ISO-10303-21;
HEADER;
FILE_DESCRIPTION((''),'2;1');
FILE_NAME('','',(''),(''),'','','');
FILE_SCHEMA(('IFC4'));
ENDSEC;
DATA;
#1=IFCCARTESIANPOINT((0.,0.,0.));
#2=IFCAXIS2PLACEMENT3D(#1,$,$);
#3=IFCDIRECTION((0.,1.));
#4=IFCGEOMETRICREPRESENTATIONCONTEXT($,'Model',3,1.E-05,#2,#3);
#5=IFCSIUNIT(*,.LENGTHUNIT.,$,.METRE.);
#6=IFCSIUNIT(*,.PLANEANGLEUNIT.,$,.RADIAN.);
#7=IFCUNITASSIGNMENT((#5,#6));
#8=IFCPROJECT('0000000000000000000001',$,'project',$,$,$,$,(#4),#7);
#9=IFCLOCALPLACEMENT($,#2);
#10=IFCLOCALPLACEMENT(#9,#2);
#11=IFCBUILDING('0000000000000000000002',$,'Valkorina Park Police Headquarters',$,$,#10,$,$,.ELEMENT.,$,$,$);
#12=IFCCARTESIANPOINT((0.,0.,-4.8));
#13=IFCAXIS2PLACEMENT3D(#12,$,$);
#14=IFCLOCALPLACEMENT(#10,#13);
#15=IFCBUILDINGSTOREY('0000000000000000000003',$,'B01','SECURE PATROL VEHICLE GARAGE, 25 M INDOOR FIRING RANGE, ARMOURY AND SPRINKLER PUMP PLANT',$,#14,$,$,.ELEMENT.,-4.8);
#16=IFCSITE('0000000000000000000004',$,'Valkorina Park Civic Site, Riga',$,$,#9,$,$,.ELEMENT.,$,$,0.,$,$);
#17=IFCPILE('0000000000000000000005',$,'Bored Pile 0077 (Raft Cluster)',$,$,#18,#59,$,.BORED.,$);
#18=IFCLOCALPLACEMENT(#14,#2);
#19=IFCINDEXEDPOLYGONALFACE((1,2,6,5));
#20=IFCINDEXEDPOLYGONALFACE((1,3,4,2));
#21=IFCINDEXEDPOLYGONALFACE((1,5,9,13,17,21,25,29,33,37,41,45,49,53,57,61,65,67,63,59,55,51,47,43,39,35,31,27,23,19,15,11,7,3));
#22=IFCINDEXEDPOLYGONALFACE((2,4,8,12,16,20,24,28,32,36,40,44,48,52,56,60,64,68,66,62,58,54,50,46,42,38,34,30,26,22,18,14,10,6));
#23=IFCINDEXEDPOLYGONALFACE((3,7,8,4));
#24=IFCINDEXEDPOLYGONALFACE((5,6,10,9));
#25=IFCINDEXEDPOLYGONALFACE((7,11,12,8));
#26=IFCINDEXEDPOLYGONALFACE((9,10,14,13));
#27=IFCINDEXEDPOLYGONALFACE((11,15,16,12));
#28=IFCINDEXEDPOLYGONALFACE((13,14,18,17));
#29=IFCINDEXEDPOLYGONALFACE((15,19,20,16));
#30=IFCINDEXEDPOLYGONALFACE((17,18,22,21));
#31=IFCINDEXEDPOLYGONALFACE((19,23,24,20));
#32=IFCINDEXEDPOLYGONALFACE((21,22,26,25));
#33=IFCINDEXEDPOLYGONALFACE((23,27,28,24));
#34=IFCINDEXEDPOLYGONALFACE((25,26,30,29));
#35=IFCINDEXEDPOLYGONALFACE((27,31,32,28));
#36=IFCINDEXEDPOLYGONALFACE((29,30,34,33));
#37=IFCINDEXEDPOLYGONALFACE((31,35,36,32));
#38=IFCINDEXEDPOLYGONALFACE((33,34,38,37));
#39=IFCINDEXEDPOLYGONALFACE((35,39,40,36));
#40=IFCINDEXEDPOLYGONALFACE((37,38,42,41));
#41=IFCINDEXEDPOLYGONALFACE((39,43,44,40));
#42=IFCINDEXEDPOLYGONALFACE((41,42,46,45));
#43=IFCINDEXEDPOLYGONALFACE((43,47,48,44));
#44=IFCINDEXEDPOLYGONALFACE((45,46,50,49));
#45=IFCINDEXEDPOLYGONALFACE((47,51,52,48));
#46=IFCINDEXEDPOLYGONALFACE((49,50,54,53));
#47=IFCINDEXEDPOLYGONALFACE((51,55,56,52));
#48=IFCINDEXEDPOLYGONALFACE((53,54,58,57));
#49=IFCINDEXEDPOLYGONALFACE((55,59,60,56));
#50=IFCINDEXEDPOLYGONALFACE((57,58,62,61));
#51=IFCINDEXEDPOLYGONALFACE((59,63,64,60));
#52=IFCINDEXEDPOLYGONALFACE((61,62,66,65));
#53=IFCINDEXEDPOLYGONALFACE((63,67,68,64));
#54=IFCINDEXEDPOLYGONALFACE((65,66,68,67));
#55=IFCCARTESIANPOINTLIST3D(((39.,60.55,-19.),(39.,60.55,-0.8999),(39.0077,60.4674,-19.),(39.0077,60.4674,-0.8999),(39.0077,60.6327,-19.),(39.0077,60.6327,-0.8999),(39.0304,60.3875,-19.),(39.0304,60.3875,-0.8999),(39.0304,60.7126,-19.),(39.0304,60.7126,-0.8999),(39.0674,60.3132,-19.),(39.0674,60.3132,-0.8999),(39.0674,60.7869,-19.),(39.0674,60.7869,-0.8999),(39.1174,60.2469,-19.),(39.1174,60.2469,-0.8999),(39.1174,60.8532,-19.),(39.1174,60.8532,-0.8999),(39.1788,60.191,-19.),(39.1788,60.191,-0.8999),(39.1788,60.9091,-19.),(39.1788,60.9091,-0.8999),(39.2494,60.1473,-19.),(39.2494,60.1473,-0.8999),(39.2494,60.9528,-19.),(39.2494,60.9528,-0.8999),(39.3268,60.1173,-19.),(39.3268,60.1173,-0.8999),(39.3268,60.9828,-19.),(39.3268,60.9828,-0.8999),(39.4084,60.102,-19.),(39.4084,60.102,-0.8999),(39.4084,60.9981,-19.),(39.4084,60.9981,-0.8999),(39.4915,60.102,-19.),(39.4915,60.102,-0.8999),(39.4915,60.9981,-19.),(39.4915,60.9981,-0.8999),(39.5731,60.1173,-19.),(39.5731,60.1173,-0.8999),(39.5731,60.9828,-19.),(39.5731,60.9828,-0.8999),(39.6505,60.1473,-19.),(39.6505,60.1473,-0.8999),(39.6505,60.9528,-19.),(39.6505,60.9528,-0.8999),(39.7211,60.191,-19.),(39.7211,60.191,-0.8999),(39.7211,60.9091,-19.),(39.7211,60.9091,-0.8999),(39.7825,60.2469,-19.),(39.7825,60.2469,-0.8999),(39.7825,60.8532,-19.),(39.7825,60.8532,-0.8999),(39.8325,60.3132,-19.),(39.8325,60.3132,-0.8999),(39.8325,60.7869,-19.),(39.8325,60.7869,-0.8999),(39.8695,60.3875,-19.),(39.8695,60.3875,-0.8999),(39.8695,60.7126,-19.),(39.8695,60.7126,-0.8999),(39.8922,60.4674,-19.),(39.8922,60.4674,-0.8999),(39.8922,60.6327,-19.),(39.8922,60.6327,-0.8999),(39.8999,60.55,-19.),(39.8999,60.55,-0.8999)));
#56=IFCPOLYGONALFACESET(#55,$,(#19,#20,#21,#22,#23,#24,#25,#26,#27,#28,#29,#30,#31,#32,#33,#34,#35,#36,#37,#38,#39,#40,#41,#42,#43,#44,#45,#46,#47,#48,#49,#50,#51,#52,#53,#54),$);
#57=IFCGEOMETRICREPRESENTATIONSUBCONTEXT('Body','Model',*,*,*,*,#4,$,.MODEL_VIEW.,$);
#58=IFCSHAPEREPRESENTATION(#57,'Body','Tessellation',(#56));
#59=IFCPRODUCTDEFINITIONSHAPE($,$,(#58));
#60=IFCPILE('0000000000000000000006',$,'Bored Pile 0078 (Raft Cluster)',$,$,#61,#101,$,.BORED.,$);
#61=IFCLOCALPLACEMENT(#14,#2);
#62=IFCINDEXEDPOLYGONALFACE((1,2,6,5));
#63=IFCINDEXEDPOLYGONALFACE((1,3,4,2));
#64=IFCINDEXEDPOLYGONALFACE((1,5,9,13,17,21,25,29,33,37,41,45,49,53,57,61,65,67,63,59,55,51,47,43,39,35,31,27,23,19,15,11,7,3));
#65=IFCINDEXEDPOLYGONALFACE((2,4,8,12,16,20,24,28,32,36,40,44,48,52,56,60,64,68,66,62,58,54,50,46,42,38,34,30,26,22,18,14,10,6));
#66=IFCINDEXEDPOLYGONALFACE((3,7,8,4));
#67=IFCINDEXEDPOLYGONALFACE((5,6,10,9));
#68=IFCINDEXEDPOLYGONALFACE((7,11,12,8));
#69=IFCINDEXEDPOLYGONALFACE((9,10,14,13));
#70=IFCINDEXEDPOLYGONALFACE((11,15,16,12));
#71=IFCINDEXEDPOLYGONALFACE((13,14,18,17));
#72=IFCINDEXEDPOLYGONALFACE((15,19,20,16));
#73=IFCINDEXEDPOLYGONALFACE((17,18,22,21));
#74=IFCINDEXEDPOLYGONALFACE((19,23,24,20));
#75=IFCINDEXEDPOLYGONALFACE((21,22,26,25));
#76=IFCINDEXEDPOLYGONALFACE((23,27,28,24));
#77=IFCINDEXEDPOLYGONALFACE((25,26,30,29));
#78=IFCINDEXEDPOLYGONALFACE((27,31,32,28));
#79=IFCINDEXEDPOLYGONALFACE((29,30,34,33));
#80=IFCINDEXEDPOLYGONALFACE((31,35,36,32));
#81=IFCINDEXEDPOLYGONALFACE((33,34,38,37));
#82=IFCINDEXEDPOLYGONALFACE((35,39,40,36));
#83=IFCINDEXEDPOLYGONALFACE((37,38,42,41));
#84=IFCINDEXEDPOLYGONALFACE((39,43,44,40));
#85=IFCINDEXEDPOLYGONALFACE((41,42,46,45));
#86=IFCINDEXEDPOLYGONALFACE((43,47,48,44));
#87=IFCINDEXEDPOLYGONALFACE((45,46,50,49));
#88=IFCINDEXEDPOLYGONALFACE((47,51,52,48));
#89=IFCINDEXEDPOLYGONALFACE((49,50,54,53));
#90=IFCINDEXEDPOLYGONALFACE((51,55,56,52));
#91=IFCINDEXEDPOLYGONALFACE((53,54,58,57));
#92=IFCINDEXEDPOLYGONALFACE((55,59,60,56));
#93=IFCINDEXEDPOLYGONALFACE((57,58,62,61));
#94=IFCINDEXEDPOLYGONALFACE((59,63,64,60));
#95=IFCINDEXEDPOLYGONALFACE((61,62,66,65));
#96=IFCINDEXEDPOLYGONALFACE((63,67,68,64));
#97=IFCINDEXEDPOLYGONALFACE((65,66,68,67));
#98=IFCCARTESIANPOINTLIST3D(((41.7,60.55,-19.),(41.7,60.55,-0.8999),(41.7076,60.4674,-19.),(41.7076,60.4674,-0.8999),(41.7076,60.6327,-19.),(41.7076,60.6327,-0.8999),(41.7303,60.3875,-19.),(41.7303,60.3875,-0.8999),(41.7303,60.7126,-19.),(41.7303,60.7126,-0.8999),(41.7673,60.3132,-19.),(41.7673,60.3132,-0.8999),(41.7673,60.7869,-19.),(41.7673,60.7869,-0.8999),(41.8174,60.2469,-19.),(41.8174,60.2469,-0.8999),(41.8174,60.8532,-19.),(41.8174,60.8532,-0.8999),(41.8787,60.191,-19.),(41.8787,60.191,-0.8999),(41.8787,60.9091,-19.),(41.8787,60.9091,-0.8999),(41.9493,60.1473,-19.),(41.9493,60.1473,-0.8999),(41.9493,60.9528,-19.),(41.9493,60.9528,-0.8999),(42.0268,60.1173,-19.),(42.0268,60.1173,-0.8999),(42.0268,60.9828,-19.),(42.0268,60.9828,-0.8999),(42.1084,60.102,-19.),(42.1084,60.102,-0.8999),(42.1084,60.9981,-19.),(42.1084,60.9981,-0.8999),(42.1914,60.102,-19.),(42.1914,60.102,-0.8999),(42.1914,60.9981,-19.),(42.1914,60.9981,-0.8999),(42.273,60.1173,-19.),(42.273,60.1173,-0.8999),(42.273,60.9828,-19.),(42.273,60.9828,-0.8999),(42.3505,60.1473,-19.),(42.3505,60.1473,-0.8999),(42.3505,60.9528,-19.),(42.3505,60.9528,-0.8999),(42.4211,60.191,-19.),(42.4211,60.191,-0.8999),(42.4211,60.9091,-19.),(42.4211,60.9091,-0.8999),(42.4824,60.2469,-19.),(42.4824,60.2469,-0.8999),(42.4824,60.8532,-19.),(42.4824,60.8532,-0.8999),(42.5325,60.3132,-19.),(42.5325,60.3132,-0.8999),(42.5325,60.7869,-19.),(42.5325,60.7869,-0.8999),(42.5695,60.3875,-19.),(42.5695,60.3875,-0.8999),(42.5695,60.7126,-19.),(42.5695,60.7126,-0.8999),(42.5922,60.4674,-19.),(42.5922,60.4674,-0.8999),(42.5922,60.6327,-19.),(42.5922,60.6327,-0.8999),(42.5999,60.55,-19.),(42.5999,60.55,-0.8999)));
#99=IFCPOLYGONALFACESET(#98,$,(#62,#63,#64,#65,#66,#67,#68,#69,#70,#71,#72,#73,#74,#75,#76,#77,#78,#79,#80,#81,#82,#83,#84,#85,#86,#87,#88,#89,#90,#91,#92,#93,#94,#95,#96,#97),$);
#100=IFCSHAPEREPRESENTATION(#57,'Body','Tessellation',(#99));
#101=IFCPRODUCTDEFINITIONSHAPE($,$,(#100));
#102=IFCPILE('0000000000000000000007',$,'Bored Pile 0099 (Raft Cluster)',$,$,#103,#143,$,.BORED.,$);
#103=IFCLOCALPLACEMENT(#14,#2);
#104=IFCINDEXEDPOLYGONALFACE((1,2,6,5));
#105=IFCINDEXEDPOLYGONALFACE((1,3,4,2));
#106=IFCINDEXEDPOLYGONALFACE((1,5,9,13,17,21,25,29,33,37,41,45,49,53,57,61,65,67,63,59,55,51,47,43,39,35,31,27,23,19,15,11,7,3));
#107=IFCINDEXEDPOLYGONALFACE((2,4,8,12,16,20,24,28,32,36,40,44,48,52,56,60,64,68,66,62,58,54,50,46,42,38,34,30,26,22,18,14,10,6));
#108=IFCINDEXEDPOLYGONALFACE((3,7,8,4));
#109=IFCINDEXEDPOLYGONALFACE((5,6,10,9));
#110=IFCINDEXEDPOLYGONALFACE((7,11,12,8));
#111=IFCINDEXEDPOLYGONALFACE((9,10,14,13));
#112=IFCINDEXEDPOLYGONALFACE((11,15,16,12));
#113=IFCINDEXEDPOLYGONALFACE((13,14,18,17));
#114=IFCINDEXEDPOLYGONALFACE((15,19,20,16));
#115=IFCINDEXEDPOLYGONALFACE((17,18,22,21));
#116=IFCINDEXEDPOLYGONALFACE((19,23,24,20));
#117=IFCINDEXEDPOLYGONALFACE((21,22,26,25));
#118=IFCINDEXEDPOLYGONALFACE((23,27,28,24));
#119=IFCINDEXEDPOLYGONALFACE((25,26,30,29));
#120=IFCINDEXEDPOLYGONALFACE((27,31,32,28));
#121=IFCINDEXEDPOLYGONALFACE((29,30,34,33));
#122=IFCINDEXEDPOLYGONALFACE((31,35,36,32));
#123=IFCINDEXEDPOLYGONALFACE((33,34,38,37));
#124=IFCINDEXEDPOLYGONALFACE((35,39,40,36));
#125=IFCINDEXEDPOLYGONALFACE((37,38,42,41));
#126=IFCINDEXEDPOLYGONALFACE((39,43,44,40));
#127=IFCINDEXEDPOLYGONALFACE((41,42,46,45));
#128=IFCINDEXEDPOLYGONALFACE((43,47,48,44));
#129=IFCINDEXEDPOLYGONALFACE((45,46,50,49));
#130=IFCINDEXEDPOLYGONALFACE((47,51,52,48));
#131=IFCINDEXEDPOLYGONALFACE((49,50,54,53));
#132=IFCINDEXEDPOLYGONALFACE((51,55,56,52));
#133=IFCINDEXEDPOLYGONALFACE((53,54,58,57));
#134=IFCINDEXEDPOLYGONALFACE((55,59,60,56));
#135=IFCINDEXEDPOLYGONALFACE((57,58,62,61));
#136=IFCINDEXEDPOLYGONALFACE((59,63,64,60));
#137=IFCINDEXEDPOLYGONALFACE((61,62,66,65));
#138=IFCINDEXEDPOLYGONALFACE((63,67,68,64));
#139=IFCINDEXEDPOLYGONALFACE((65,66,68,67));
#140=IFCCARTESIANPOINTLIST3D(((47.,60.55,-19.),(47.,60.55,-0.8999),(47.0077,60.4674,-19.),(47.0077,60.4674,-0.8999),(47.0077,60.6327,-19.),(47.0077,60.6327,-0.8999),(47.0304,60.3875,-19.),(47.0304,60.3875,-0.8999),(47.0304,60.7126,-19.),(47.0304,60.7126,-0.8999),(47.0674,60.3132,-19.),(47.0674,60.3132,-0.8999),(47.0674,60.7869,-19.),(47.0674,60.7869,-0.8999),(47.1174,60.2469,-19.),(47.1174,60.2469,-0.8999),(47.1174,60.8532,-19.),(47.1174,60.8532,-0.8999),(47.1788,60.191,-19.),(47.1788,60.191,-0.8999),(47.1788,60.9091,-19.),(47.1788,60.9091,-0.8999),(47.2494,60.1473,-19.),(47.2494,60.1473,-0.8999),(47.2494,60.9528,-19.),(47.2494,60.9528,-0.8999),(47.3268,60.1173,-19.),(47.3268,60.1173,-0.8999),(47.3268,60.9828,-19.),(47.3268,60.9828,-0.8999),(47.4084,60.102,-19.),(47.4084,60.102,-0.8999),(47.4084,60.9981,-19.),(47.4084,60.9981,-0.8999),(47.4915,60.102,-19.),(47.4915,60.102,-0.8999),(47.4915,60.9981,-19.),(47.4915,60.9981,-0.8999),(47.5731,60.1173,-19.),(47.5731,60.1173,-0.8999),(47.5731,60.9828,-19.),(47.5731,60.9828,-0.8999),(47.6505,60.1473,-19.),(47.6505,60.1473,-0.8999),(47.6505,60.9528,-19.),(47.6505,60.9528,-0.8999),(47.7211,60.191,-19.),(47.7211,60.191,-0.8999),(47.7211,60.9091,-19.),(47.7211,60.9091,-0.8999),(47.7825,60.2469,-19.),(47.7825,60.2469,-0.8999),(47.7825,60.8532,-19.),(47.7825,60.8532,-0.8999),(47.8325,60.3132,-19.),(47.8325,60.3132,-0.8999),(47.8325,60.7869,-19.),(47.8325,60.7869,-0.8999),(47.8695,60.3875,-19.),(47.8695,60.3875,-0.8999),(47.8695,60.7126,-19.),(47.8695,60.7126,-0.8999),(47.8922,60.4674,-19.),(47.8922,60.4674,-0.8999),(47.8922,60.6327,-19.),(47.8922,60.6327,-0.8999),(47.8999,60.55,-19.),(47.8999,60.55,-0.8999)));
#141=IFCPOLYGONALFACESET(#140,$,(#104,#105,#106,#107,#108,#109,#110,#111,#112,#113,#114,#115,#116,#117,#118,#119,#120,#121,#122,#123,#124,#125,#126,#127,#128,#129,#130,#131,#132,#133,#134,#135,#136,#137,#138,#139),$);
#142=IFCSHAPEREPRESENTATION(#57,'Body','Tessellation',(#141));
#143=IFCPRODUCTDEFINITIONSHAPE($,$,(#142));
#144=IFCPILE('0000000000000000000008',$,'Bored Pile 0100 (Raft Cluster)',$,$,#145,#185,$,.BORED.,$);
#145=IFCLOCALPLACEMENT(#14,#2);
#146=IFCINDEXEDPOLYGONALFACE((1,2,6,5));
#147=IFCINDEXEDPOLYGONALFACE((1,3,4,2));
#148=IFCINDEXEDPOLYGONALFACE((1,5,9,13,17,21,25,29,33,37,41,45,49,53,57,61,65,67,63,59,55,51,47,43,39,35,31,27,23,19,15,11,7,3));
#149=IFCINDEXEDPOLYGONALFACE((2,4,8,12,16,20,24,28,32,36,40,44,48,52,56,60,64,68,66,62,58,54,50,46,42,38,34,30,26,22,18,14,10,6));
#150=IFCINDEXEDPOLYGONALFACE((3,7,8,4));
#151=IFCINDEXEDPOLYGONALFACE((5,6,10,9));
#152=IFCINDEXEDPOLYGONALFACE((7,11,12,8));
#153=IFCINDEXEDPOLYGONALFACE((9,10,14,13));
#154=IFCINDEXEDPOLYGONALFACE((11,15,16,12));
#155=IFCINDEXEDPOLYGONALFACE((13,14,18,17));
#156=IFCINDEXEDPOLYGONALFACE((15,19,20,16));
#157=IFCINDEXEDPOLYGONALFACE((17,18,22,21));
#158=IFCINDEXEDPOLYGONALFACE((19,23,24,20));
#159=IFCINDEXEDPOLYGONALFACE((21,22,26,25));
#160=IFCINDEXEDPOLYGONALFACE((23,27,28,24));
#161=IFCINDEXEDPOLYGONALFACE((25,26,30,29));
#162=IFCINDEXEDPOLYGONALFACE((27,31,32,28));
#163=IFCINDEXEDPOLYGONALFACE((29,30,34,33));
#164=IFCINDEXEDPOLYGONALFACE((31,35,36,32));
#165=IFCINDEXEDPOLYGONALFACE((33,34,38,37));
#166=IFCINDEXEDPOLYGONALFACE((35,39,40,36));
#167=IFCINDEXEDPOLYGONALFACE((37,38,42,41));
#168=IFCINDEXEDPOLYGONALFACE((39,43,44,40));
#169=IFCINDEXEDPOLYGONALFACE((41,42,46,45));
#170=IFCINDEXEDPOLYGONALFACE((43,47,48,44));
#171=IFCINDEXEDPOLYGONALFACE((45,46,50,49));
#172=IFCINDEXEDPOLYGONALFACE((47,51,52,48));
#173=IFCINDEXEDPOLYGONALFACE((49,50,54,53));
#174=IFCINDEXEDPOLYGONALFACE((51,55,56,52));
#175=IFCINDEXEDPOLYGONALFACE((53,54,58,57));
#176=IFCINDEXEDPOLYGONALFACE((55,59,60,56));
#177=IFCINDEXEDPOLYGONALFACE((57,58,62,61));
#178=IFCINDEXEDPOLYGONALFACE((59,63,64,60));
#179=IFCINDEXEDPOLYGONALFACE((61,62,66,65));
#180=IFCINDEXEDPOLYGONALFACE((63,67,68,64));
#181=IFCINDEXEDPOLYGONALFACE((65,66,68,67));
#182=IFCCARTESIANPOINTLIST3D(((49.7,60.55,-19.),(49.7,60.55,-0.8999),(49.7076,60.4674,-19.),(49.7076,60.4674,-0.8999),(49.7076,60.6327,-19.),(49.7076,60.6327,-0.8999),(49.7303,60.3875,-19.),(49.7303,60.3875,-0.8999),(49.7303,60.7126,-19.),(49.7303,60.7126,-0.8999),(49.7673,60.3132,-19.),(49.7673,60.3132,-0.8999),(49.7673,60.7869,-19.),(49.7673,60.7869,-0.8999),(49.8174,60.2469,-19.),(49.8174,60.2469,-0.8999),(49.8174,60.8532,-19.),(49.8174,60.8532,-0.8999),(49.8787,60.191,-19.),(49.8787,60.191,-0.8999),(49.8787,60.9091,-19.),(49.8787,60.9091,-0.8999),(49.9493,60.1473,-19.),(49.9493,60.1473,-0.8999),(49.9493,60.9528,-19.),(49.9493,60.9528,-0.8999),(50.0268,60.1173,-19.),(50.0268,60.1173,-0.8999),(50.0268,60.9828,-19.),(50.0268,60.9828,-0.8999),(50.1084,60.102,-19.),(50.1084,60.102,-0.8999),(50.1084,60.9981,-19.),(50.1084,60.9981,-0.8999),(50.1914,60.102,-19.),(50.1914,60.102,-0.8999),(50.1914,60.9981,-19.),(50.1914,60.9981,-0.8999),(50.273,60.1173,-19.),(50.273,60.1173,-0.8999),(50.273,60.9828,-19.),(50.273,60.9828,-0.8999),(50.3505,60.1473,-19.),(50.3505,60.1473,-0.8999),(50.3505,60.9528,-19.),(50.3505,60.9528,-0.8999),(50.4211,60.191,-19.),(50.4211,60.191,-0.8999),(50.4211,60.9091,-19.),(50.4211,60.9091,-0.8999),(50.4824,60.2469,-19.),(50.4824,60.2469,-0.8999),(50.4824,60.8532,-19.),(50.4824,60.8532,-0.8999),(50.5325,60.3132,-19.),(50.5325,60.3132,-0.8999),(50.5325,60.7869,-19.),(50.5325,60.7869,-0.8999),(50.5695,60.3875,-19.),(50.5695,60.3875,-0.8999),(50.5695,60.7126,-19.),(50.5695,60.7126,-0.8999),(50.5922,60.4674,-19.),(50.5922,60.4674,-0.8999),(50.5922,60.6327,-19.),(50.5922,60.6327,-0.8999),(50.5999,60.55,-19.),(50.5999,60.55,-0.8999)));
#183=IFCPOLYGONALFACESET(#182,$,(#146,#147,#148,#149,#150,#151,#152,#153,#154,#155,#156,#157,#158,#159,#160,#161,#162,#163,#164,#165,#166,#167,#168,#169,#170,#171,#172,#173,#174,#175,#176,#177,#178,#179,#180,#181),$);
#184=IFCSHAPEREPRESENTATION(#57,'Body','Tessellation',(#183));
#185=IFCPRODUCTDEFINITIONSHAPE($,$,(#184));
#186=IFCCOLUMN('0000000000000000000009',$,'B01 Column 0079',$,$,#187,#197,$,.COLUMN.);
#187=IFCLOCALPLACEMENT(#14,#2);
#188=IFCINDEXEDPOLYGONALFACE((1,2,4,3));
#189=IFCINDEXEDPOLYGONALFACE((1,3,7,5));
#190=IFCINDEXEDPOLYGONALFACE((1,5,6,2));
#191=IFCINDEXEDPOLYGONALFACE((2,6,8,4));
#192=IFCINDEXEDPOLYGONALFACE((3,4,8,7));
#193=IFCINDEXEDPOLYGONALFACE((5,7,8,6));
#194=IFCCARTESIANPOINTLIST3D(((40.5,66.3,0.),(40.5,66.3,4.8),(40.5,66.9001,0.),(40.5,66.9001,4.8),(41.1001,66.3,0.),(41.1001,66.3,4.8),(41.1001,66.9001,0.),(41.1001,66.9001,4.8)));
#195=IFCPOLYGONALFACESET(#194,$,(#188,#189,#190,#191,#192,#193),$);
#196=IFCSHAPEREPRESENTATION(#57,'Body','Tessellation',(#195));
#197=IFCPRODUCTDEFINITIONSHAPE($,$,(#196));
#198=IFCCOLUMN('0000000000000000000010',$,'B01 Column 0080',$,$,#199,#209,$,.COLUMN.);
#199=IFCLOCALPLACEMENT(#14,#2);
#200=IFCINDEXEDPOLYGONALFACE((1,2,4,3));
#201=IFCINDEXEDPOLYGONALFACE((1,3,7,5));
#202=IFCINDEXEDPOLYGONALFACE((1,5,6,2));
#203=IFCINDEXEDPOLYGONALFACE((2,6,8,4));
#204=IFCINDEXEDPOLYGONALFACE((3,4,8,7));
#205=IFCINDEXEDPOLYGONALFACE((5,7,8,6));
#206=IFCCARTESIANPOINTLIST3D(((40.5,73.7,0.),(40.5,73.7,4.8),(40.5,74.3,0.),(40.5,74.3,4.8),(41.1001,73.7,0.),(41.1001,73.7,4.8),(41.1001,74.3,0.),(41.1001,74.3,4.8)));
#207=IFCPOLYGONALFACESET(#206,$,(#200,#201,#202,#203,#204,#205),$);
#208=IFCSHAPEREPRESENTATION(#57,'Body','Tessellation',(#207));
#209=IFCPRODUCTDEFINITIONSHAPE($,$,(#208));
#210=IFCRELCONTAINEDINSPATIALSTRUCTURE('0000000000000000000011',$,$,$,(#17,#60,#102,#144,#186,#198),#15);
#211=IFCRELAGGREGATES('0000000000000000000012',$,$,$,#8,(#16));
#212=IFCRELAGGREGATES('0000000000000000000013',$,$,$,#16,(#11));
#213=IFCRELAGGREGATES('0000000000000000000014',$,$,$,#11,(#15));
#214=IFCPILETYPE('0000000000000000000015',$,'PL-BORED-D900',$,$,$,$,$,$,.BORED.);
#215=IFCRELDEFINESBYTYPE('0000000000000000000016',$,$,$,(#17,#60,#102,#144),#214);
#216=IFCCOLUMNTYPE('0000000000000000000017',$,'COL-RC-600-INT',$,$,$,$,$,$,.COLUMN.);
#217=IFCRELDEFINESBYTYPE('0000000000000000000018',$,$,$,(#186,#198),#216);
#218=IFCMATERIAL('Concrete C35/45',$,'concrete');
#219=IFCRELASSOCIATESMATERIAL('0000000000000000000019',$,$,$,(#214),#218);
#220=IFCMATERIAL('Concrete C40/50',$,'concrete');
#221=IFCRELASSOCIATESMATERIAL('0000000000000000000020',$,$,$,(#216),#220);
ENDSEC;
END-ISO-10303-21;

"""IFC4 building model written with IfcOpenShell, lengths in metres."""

from ifc_helpers import new_model, si_unit, direction, frame, origin, origin_2d, place, context, subcontext, project, spatial, rectangle, circle, extrude, material, material_profile, profile_set, type_object, element, save


model = new_model("IFC4")

# Units and contexts
model_context = context("Model", 3, precision=1e-05, world=origin(), true_north=direction((0.0, 1.0)))
body_context = subcontext(model_context, "Body", "Model", "MODEL_VIEW")
ifc_project = project(units=[si_unit("LENGTHUNIT", "METRE"), si_unit("PLANEANGLEUNIT", "RADIAN")], contexts=[model_context])

# Site, building, storey
site_placement = place(None, origin())
site = spatial("IfcSite", under=ifc_project, at=site_placement, Name="Valkorina Park Civic Site, Riga", CompositionType="ELEMENT", RefElevation=0.0)
building_placement = place(site_placement, origin())
building = spatial("IfcBuilding", under=site, at=building_placement, Name="Valkorina Park Police Headquarters", CompositionType="ELEMENT")
storey_placement = place(building_placement, frame((0.0, 0.0, -4.8)))
storey = spatial("IfcBuildingStorey", under=building, at=storey_placement, Name="B01", Description="SECURE PATROL VEHICLE GARAGE, 25 M INDOOR FIRING RANGE, ARMOURY AND SPRINKLER PUMP PLANT", CompositionType="ELEMENT", Elevation=-4.8)

# Piles
ifc_material_1 = material(Name="Concrete C35/45", Category="concrete")
ifc_material_profile_1 = material_profile(ifc_material_1, circle(Radius=0.45, at=origin_2d()), Name="BORED PILE D900")
ifc_profile_set_1 = profile_set([ifc_material_profile_1], Name="Concrete C35/45")
pile_type_1 = type_object("IfcPileType", Name="PL-BORED-D900", PredefinedType="BORED", material=ifc_profile_set_1)
for number, where, z_axis, x_axis, name in (
    (1, (39.45, 60.55, -0.8999), (0.0, 0.0, -1.0), (1.0, 0.0, 0.0), "Bored Pile 0077 (Raft Cluster)"),
    (2, (42.1499, 60.55, -0.8999), (0.0, 0.0, -1.0), (1.0, 0.0, 0.0), "Bored Pile 0078 (Raft Cluster)"),
    (3, (47.45, 60.55, -0.8999), (0.0, 0.0, -1.0), (1.0, 0.0, 0.0), "Bored Pile 0099 (Raft Cluster)"),
    (4, (50.1499, 60.55, -0.8999), (0.0, 0.0, -1.0), (1.0, 0.0, 0.0), "Bored Pile 0100 (Raft Cluster)"),
):
    element("IfcPile", number, at=place(storey_placement, frame(where, z_axis=z_axis, x_axis=x_axis)), inside=storey, type_object=pile_type_1, Name=name, PredefinedType="BORED", context=body_context, shape_type="SweptSolid", body=[
        extrude(circle(Radius=0.45, at=origin_2d()), origin(), (0.0, 0.0, 1.0), 18.1001),
    ])

# Columns
ifc_material_2 = material(Name="Concrete C40/50", Category="concrete")
ifc_material_profile_2 = material_profile(ifc_material_2, rectangle(XDim=0.6001, YDim=0.6001, at=origin_2d()), Name="RC COL 600x600")
ifc_profile_set_2 = profile_set([ifc_material_profile_2], Name="Concrete C40/50")
column_type_1 = type_object("IfcColumnType", Name="COL-RC-600-INT", PredefinedType="COLUMN", material=ifc_profile_set_2)
for number, where, z_axis, x_axis, name in (
    (5, (40.8, 66.6001, 0.0), (0.0, 0.0, 1.0), (1.0, 0.0, 0.0), "B01 Column 0079"),
    (6, (40.8, 74.0, 0.0), (0.0, 0.0, 1.0), (1.0, 0.0, 0.0), "B01 Column 0080"),
):
    element("IfcColumn", number, at=place(storey_placement, frame(where, z_axis=z_axis, x_axis=x_axis)), inside=storey, type_object=column_type_1, Name=name, PredefinedType="COLUMN", context=body_context, shape_type="SweptSolid", body=[
        extrude(rectangle(XDim=0.6001, YDim=0.6001, at=origin_2d()), origin(), (0.0, 0.0, 1.0), 4.8),
    ])

save(model, "model.ifc")
